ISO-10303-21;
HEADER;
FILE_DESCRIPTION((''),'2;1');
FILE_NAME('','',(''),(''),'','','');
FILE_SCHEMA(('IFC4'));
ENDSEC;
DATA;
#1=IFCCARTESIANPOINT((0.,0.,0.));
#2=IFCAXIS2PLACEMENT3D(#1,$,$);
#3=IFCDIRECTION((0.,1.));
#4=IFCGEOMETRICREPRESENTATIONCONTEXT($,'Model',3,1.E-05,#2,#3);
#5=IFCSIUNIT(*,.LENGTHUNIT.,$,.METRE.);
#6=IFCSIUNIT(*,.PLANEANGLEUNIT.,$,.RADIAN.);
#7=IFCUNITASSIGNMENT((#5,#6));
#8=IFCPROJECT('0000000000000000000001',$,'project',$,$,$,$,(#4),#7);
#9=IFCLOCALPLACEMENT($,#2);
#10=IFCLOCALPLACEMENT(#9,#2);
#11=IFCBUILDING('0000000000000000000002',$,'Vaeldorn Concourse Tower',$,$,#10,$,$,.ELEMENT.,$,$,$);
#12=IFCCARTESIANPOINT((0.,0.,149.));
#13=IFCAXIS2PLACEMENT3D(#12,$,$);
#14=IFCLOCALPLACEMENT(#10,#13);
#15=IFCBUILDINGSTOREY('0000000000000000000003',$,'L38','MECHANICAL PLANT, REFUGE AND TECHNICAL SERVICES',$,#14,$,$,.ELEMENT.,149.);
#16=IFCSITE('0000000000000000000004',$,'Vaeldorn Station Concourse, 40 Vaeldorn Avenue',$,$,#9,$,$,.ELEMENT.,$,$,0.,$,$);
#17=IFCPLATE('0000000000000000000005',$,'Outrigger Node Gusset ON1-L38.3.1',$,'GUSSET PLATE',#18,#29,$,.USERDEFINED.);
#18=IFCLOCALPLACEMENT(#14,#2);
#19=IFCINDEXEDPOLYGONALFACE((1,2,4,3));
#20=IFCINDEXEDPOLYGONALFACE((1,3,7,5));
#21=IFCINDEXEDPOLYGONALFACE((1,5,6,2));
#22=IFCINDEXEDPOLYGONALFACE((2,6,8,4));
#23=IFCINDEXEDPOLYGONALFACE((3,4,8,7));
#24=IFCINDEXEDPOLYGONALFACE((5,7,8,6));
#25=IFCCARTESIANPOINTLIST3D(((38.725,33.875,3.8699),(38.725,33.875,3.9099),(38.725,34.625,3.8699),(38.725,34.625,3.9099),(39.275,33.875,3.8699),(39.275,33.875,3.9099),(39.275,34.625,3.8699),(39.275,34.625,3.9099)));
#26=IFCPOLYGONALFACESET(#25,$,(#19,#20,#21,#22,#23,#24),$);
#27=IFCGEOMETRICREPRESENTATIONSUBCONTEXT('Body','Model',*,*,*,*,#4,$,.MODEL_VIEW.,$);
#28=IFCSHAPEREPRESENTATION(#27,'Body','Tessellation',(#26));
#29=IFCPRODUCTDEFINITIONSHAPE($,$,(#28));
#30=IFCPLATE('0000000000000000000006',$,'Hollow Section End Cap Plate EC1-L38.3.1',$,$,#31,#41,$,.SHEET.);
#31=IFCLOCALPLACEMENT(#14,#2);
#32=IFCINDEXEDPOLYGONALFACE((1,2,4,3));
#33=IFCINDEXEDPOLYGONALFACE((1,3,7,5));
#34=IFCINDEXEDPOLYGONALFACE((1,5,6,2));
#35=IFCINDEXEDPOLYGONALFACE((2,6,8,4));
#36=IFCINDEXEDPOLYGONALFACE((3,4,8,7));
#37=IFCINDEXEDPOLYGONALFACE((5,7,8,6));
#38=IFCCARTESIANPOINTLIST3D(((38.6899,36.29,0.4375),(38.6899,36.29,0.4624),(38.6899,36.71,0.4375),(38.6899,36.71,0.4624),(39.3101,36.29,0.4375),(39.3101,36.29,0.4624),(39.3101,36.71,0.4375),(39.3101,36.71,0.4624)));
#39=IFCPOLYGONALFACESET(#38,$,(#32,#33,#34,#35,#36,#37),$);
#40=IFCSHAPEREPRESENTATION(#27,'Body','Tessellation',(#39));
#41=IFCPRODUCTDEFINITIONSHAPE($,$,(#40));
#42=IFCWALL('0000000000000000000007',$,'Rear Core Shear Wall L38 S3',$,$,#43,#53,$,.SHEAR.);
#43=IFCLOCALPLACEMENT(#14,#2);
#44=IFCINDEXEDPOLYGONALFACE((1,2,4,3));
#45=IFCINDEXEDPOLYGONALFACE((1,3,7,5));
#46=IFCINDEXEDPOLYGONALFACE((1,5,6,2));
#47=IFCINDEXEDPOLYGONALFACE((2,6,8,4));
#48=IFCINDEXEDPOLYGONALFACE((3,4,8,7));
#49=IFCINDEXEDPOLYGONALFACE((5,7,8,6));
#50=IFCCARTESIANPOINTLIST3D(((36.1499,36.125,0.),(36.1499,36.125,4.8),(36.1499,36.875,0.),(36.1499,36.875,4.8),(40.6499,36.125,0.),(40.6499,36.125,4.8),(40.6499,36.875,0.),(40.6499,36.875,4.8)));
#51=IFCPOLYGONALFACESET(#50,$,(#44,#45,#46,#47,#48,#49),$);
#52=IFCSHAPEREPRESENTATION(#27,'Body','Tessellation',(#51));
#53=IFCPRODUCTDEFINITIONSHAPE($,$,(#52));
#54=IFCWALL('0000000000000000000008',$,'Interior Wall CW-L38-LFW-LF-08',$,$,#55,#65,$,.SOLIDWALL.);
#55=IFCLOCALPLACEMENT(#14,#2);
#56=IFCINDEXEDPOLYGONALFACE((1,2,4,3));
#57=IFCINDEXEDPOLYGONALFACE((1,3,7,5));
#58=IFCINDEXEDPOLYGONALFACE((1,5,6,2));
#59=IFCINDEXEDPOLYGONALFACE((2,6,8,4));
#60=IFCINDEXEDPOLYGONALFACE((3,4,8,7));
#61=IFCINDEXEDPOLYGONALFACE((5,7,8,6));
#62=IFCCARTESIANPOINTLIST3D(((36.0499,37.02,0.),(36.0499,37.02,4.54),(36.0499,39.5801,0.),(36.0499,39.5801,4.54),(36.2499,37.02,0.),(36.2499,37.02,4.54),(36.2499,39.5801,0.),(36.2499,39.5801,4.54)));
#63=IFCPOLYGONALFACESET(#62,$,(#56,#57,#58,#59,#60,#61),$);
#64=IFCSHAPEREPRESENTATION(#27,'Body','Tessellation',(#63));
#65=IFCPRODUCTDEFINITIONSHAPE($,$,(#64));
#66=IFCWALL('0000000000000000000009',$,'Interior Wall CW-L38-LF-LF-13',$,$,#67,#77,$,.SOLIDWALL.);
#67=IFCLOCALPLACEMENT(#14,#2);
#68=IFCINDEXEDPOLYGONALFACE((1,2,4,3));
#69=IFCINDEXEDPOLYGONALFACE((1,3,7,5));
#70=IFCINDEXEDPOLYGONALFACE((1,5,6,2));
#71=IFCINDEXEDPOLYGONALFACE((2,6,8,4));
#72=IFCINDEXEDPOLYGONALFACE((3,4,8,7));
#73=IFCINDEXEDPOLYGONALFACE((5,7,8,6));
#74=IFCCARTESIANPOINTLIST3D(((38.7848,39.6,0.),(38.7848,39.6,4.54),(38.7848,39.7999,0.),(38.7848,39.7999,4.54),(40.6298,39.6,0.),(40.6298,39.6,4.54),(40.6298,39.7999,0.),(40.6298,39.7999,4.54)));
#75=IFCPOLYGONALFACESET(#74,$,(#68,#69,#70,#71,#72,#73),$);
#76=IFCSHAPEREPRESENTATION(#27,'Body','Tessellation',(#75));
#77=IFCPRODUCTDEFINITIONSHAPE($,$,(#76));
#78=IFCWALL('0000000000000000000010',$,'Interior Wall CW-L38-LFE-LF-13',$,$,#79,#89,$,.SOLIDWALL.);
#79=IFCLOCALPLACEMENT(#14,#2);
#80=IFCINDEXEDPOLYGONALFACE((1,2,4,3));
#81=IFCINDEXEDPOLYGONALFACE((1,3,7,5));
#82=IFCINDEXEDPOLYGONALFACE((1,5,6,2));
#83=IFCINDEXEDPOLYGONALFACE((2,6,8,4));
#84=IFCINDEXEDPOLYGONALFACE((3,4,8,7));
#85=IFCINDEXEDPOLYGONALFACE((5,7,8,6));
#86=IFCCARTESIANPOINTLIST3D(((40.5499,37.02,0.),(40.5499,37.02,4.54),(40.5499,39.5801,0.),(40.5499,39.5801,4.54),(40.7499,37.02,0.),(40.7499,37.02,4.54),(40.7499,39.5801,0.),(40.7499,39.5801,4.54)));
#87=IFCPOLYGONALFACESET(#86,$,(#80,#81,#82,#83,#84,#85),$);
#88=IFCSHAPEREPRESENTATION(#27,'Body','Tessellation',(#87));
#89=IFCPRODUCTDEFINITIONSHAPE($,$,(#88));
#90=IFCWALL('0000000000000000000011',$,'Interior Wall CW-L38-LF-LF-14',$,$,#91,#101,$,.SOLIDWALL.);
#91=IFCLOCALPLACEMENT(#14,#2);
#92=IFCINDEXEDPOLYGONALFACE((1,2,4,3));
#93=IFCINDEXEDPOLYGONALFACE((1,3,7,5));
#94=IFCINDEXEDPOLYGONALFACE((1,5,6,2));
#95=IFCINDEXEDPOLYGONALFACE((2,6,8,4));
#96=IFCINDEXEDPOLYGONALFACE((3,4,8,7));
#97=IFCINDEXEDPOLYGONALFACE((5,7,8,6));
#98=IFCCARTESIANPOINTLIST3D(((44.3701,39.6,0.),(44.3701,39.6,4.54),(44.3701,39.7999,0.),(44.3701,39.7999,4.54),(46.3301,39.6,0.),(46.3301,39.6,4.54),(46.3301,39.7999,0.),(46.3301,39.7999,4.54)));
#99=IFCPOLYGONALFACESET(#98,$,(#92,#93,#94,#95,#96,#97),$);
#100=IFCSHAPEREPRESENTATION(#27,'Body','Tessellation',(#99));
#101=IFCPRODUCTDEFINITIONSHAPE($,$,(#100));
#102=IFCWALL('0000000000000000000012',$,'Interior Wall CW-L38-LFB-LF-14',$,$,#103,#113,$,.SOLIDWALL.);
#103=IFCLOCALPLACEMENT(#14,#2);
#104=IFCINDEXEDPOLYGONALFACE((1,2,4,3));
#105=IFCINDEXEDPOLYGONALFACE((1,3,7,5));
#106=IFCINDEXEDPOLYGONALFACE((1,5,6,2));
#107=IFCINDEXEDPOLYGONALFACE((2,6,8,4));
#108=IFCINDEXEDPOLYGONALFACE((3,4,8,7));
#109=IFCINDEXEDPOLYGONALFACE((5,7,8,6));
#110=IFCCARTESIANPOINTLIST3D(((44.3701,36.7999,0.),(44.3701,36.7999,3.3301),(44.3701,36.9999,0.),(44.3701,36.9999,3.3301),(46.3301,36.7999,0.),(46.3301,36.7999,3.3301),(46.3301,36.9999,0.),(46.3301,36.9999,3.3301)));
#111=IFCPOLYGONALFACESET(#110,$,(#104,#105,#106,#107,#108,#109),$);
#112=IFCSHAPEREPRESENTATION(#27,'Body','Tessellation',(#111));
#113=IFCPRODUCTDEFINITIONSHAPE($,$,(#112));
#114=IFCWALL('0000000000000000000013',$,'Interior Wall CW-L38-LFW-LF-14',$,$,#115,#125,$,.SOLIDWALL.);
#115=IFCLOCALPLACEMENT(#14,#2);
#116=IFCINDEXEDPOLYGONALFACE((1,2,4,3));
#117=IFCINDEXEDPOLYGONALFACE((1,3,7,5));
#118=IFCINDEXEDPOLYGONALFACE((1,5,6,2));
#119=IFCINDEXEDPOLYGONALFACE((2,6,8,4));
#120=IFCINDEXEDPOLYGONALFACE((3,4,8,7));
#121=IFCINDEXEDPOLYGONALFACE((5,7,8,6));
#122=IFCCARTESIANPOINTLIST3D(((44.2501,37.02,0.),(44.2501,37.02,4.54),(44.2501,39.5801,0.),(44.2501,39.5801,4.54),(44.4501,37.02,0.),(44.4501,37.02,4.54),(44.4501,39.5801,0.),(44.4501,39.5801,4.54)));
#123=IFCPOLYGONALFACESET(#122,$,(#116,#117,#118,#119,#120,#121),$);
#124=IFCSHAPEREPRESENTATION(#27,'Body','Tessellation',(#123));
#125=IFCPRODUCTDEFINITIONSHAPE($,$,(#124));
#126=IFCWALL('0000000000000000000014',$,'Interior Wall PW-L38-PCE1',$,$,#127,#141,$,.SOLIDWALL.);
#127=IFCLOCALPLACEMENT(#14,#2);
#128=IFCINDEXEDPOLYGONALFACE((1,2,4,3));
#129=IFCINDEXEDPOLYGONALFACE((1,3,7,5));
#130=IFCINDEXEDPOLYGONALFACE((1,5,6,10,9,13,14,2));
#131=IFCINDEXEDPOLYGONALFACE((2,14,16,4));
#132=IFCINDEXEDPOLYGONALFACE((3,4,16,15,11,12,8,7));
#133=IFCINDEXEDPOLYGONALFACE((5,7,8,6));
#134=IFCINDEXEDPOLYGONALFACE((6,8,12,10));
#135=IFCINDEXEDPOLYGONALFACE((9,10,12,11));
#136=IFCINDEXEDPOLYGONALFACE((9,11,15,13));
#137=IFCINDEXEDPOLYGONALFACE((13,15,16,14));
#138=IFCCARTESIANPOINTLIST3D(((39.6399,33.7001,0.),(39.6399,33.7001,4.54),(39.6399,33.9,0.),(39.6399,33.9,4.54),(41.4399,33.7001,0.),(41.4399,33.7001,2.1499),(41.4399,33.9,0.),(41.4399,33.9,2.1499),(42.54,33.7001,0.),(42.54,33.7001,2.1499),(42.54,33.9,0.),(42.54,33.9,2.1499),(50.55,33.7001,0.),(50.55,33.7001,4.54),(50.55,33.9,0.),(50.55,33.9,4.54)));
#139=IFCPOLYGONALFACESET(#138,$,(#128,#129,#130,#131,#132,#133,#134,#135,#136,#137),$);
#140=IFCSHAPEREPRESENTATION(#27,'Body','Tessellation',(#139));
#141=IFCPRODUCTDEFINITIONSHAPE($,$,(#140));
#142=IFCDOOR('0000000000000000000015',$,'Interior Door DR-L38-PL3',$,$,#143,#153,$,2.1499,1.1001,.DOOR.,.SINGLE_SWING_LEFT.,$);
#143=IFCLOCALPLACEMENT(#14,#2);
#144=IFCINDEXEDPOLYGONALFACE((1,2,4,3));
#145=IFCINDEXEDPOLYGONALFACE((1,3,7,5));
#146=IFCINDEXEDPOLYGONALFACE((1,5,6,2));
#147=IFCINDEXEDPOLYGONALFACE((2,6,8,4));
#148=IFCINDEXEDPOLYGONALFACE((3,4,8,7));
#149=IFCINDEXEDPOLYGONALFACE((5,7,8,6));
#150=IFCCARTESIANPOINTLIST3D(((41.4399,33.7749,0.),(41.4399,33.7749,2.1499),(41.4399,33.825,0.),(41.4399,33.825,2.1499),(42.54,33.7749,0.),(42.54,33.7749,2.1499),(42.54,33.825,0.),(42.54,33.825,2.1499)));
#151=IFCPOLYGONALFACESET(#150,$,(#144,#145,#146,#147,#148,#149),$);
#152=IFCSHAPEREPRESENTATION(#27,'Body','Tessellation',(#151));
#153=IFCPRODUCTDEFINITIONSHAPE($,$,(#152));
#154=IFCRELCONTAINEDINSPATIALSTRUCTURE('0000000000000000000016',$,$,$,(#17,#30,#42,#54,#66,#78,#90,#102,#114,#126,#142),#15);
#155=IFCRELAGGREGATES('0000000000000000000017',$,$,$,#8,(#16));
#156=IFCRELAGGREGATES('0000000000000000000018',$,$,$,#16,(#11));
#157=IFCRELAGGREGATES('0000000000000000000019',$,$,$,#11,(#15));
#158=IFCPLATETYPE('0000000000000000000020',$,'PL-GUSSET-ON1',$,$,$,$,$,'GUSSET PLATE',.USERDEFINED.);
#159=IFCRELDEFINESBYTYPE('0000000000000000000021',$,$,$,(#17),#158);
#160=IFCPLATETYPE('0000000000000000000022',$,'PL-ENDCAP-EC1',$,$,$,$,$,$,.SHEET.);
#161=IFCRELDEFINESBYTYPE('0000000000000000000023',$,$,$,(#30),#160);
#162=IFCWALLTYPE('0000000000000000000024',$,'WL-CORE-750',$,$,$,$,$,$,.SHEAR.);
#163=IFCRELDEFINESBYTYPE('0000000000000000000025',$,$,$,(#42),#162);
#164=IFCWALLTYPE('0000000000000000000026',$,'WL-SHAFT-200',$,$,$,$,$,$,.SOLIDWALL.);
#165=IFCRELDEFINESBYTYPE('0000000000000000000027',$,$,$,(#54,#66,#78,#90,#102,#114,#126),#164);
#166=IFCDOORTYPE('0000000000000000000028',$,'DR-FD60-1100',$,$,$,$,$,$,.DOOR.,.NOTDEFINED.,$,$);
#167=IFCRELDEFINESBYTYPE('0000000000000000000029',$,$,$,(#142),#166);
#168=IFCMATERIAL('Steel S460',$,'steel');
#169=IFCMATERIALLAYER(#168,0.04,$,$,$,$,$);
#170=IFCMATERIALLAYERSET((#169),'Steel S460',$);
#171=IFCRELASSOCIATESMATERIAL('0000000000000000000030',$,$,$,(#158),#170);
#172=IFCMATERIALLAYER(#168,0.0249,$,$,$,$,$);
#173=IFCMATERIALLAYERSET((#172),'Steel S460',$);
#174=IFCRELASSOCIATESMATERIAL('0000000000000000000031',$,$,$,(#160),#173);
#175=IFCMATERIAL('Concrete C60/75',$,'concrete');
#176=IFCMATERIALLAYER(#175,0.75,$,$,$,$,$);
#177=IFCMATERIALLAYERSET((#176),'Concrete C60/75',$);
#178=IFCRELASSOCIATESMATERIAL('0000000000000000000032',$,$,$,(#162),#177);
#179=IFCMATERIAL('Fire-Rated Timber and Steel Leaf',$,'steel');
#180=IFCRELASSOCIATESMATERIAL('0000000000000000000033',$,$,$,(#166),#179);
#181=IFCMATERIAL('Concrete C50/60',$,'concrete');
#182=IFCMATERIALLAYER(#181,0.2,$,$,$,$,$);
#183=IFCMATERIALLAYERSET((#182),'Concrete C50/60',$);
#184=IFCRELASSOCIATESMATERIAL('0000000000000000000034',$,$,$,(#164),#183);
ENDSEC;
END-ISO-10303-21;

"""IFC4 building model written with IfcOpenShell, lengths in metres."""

from ifc_helpers import new_model, si_unit, direction, frame, frame_2d, origin, origin_2d, place, context, subcontext, project, spatial, rectangle, extrude, source, transform, mapped, material, layer, layer_set, type_object, element, fill, save


model = new_model("IFC4")

# Units and contexts
model_context = context("Model", 3, precision=1e-05, world=origin(), true_north=direction((0.0, 1.0)))
body_context = subcontext(model_context, "Body", "Model", "MODEL_VIEW")
ifc_project = project(units=[si_unit("LENGTHUNIT", "METRE"), si_unit("PLANEANGLEUNIT", "RADIAN")], contexts=[model_context])

# Site, building, storey
site_placement = place(None, origin())
site = spatial("IfcSite", under=ifc_project, at=site_placement, Name="Vaeldorn Station Concourse, 40 Vaeldorn Avenue", CompositionType="ELEMENT", RefElevation=0.0)
building_placement = place(site_placement, origin())
building = spatial("IfcBuilding", under=site, at=building_placement, Name="Vaeldorn Concourse Tower", CompositionType="ELEMENT")
storey_placement = place(building_placement, frame((0.0, 0.0, 149.0)))
storey = spatial("IfcBuildingStorey", under=building, at=storey_placement, Name="L38", Description="MECHANICAL PLANT, REFUGE AND TECHNICAL SERVICES", CompositionType="ELEMENT", Elevation=149.0)

# Shared definitions
ifc_material_1 = material(Name="Steel S460", Category="steel")

# Plates
ifc_layer_1 = layer(ifc_material_1, 0.04)
ifc_layer_set_1 = layer_set([ifc_layer_1], Name="Steel S460")
plate_type_1 = type_object("IfcPlateType", Name="PL-GUSSET-ON1", ElementType="GUSSET PLATE", PredefinedType="USERDEFINED", material=ifc_layer_set_1)
shared_shape_1 = source(origin(), body_context, "Body", "SweptSolid", [
    extrude(rectangle(XDim=0.75, YDim=0.55, at=origin_2d()), origin(), (0.0, 0.0, 1.0), 0.04),
])
plate_1_placement = place(storey_placement, frame((39.0, 34.25, 3.8699), z_axis=(0.0, 0.0, 1.0), x_axis=(0.0, 1.0, 0.0)))
element("IfcPlate", 1, at=plate_1_placement, inside=storey, type_object=plate_type_1, Name="Outrigger Node Gusset ON1-L38.3.1", ObjectType="GUSSET PLATE", PredefinedType="USERDEFINED", context=body_context, shape_type="MappedRepresentation", body=[
    mapped(shared_shape_1, transform((0.0, 0.0, 0.0), scale=1.0)),
])
ifc_layer_2 = layer(ifc_material_1, 0.0249)
ifc_layer_set_2 = layer_set([ifc_layer_2], Name="Steel S460")
plate_type_2 = type_object("IfcPlateType", Name="PL-ENDCAP-EC1", PredefinedType="SHEET", material=ifc_layer_set_2)
shared_shape_2 = source(origin(), body_context, "Body", "SweptSolid", [
    extrude(rectangle(XDim=0.6201, YDim=0.4199, at=origin_2d()), origin(), (0.0, 0.0, 1.0), 0.0249),
])
plate_2_placement = place(storey_placement, frame((39.0, 36.5, 0.4375), z_axis=(0.0, 0.0, 1.0), x_axis=(1.0, 0.0, 0.0)))
element("IfcPlate", 2, at=plate_2_placement, inside=storey, type_object=plate_type_2, Name="Hollow Section End Cap Plate EC1-L38.3.1", PredefinedType="SHEET", context=body_context, shape_type="MappedRepresentation", body=[
    mapped(shared_shape_2, transform((0.0, 0.0, 0.0), scale=1.0)),
])

# Wall
ifc_material_2 = material(Name="Concrete C60/75", Category="concrete")
ifc_layer_3 = layer(ifc_material_2, 0.75)
ifc_layer_set_3 = layer_set([ifc_layer_3], Name="Concrete C60/75")
wall_type_1 = type_object("IfcWallType", Name="WL-CORE-750", PredefinedType="SHEAR", material=ifc_layer_set_3)
wall_1_placement = place(storey_placement, frame((36.1499, 36.5, 0.0), z_axis=(0.0, 0.0, 1.0), x_axis=(1.0, 0.0, 0.0)))
element("IfcWall", 3, at=wall_1_placement, inside=storey, type_object=wall_type_1, Name="Rear Core Shear Wall L38 S3", PredefinedType="SHEAR", context=body_context, shape_type="SweptSolid", body=[
    extrude(rectangle(XDim=4.5, YDim=0.75, at=frame_2d((2.25, 0.0))), origin(), (0.0, 0.0, 1.0), 4.8),
])

# Shared definitions
ifc_material_3 = material(Name="Fire-Rated Timber and Steel Leaf", Category="steel")
door_type_1 = type_object("IfcDoorType", Name="DR-FD60-1100", OperationType="NOTDEFINED", PredefinedType="DOOR", material=ifc_material_3)
shared_shape_3 = source(origin(), body_context, "Body", "SweptSolid", [
    extrude(rectangle(XDim=1.1001, YDim=2.1499, at=frame_2d((0.55, 1.075))), frame((0.0, 0.0249, 0.0), z_axis=(0.0, -1.0, 0.0), x_axis=(1.0, 0.0, 0.0)), (0.0, 0.0, 1.0), 0.05),
])
ifc_material_4 = material(Name="Concrete C50/60", Category="concrete")
ifc_layer_4 = layer(ifc_material_4, 0.2)
ifc_layer_set_4 = layer_set([ifc_layer_4], Name="Concrete C50/60")
wall_type_2 = type_object("IfcWallType", Name="WL-SHAFT-200", PredefinedType="SOLIDWALL", material=ifc_layer_set_4)

# Wall
wall_2_placement = place(storey_placement, frame((36.1499, 37.02, 0.0), z_axis=(0.0, 0.0, 1.0), x_axis=(0.0, 1.0, 0.0)))
element("IfcWall", 4, at=wall_2_placement, inside=storey, type_object=wall_type_2, Name="Interior Wall CW-L38-LFW-LF-08", PredefinedType="SOLIDWALL", context=body_context, shape_type="SweptSolid", body=[
    extrude(rectangle(XDim=2.5601, YDim=0.2, at=frame_2d((1.28, 0.0))), origin(), (0.0, 0.0, 1.0), 4.54),
])

# Walls
wall_3_placement = place(storey_placement, frame((38.7849, 39.7, 0.0), z_axis=(0.0, 0.0, 1.0), x_axis=(1.0, 0.0, 0.0)))
element("IfcWall", 5, at=wall_3_placement, inside=storey, type_object=wall_type_2, Name="Interior Wall CW-L38-LF-LF-13", PredefinedType="SOLIDWALL", context=body_context, shape_type="SweptSolid", body=[
    extrude(rectangle(XDim=1.845, YDim=0.2, at=frame_2d((0.9224, 0.0))), origin(), (0.0, 0.0, 1.0), 4.54),
])
wall_4_placement = place(storey_placement, frame((40.6499, 37.02, 0.0), z_axis=(0.0, 0.0, 1.0), x_axis=(0.0, 1.0, 0.0)))
element("IfcWall", 6, at=wall_4_placement, inside=storey, type_object=wall_type_2, Name="Interior Wall CW-L38-LFE-LF-13", PredefinedType="SOLIDWALL", context=body_context, shape_type="SweptSolid", body=[
    extrude(rectangle(XDim=2.5601, YDim=0.2, at=frame_2d((1.28, 0.0))), origin(), (0.0, 0.0, 1.0), 4.54),
])
wall_5_placement = place(storey_placement, frame((44.3701, 39.7, 0.0), z_axis=(0.0, 0.0, 1.0), x_axis=(1.0, 0.0, 0.0)))
element("IfcWall", 7, at=wall_5_placement, inside=storey, type_object=wall_type_2, Name="Interior Wall CW-L38-LF-LF-14", PredefinedType="SOLIDWALL", context=body_context, shape_type="SweptSolid", body=[
    extrude(rectangle(XDim=1.96, YDim=0.2, at=frame_2d((0.98, 0.0))), origin(), (0.0, 0.0, 1.0), 4.54),
])
wall_6_placement = place(storey_placement, frame((44.3701, 36.8999, 0.0), z_axis=(0.0, 0.0, 1.0), x_axis=(1.0, 0.0, 0.0)))
element("IfcWall", 8, at=wall_6_placement, inside=storey, type_object=wall_type_2, Name="Interior Wall CW-L38-LFB-LF-14", PredefinedType="SOLIDWALL", context=body_context, shape_type="SweptSolid", body=[
    extrude(rectangle(XDim=1.96, YDim=0.2, at=frame_2d((0.98, 0.0))), origin(), (0.0, 0.0, 1.0), 3.3301),
])
wall_7_placement = place(storey_placement, frame((44.3501, 37.02, 0.0), z_axis=(0.0, 0.0, 1.0), x_axis=(0.0, 1.0, 0.0)))
element("IfcWall", 9, at=wall_7_placement, inside=storey, type_object=wall_type_2, Name="Interior Wall CW-L38-LFW-LF-14", PredefinedType="SOLIDWALL", context=body_context, shape_type="SweptSolid", body=[
    extrude(rectangle(XDim=2.5601, YDim=0.2, at=frame_2d((1.28, 0.0))), origin(), (0.0, 0.0, 1.0), 4.54),
])

# Wall, opening, door
wall_8_placement = place(storey_placement, frame((39.6399, 33.8, 0.0), z_axis=(0.0, 0.0, 1.0), x_axis=(1.0, 0.0, 0.0)))
wall_8 = element("IfcWall", 10, at=wall_8_placement, inside=storey, type_object=wall_type_2, Name="Interior Wall PW-L38-PCE1", PredefinedType="SOLIDWALL", context=body_context, shape_type="SweptSolid", body=[
    extrude(rectangle(XDim=10.9102, YDim=0.2, at=frame_2d((5.4551, 0.0))), origin(), (0.0, 0.0, 1.0), 4.54),
])
opening_1_placement = place(wall_8_placement, frame((1.8, 0.0, 0.0)))
opening_1 = element("IfcOpeningElement", 11, at=opening_1_placement, cuts=wall_8, PredefinedType="OPENING", context=body_context, shape_type="SweptSolid", body=[
    extrude(rectangle(XDim=1.1001, YDim=2.1499, at=frame_2d((0.55, 1.075))), frame((0.0, 0.1099, 0.0), z_axis=(0.0, -1.0, 0.0), x_axis=(1.0, 0.0, 0.0)), (0.0, 0.0, 1.0), 0.22),
])
door_1_placement = place(opening_1_placement, origin())
door_1 = element("IfcDoor", 12, at=door_1_placement, inside=storey, type_object=door_type_1, Name="Interior Door DR-L38-PL3", OperationType="SINGLE_SWING_LEFT", OverallHeight=2.1499, OverallWidth=1.1001, PredefinedType="DOOR", context=body_context, shape_type="MappedRepresentation", body=[
    mapped(shared_shape_3, transform((0.0, 0.0, 0.0), scale=1.0)),
])
fill(opening_1, door_1)

save(model, "model.ifc")
